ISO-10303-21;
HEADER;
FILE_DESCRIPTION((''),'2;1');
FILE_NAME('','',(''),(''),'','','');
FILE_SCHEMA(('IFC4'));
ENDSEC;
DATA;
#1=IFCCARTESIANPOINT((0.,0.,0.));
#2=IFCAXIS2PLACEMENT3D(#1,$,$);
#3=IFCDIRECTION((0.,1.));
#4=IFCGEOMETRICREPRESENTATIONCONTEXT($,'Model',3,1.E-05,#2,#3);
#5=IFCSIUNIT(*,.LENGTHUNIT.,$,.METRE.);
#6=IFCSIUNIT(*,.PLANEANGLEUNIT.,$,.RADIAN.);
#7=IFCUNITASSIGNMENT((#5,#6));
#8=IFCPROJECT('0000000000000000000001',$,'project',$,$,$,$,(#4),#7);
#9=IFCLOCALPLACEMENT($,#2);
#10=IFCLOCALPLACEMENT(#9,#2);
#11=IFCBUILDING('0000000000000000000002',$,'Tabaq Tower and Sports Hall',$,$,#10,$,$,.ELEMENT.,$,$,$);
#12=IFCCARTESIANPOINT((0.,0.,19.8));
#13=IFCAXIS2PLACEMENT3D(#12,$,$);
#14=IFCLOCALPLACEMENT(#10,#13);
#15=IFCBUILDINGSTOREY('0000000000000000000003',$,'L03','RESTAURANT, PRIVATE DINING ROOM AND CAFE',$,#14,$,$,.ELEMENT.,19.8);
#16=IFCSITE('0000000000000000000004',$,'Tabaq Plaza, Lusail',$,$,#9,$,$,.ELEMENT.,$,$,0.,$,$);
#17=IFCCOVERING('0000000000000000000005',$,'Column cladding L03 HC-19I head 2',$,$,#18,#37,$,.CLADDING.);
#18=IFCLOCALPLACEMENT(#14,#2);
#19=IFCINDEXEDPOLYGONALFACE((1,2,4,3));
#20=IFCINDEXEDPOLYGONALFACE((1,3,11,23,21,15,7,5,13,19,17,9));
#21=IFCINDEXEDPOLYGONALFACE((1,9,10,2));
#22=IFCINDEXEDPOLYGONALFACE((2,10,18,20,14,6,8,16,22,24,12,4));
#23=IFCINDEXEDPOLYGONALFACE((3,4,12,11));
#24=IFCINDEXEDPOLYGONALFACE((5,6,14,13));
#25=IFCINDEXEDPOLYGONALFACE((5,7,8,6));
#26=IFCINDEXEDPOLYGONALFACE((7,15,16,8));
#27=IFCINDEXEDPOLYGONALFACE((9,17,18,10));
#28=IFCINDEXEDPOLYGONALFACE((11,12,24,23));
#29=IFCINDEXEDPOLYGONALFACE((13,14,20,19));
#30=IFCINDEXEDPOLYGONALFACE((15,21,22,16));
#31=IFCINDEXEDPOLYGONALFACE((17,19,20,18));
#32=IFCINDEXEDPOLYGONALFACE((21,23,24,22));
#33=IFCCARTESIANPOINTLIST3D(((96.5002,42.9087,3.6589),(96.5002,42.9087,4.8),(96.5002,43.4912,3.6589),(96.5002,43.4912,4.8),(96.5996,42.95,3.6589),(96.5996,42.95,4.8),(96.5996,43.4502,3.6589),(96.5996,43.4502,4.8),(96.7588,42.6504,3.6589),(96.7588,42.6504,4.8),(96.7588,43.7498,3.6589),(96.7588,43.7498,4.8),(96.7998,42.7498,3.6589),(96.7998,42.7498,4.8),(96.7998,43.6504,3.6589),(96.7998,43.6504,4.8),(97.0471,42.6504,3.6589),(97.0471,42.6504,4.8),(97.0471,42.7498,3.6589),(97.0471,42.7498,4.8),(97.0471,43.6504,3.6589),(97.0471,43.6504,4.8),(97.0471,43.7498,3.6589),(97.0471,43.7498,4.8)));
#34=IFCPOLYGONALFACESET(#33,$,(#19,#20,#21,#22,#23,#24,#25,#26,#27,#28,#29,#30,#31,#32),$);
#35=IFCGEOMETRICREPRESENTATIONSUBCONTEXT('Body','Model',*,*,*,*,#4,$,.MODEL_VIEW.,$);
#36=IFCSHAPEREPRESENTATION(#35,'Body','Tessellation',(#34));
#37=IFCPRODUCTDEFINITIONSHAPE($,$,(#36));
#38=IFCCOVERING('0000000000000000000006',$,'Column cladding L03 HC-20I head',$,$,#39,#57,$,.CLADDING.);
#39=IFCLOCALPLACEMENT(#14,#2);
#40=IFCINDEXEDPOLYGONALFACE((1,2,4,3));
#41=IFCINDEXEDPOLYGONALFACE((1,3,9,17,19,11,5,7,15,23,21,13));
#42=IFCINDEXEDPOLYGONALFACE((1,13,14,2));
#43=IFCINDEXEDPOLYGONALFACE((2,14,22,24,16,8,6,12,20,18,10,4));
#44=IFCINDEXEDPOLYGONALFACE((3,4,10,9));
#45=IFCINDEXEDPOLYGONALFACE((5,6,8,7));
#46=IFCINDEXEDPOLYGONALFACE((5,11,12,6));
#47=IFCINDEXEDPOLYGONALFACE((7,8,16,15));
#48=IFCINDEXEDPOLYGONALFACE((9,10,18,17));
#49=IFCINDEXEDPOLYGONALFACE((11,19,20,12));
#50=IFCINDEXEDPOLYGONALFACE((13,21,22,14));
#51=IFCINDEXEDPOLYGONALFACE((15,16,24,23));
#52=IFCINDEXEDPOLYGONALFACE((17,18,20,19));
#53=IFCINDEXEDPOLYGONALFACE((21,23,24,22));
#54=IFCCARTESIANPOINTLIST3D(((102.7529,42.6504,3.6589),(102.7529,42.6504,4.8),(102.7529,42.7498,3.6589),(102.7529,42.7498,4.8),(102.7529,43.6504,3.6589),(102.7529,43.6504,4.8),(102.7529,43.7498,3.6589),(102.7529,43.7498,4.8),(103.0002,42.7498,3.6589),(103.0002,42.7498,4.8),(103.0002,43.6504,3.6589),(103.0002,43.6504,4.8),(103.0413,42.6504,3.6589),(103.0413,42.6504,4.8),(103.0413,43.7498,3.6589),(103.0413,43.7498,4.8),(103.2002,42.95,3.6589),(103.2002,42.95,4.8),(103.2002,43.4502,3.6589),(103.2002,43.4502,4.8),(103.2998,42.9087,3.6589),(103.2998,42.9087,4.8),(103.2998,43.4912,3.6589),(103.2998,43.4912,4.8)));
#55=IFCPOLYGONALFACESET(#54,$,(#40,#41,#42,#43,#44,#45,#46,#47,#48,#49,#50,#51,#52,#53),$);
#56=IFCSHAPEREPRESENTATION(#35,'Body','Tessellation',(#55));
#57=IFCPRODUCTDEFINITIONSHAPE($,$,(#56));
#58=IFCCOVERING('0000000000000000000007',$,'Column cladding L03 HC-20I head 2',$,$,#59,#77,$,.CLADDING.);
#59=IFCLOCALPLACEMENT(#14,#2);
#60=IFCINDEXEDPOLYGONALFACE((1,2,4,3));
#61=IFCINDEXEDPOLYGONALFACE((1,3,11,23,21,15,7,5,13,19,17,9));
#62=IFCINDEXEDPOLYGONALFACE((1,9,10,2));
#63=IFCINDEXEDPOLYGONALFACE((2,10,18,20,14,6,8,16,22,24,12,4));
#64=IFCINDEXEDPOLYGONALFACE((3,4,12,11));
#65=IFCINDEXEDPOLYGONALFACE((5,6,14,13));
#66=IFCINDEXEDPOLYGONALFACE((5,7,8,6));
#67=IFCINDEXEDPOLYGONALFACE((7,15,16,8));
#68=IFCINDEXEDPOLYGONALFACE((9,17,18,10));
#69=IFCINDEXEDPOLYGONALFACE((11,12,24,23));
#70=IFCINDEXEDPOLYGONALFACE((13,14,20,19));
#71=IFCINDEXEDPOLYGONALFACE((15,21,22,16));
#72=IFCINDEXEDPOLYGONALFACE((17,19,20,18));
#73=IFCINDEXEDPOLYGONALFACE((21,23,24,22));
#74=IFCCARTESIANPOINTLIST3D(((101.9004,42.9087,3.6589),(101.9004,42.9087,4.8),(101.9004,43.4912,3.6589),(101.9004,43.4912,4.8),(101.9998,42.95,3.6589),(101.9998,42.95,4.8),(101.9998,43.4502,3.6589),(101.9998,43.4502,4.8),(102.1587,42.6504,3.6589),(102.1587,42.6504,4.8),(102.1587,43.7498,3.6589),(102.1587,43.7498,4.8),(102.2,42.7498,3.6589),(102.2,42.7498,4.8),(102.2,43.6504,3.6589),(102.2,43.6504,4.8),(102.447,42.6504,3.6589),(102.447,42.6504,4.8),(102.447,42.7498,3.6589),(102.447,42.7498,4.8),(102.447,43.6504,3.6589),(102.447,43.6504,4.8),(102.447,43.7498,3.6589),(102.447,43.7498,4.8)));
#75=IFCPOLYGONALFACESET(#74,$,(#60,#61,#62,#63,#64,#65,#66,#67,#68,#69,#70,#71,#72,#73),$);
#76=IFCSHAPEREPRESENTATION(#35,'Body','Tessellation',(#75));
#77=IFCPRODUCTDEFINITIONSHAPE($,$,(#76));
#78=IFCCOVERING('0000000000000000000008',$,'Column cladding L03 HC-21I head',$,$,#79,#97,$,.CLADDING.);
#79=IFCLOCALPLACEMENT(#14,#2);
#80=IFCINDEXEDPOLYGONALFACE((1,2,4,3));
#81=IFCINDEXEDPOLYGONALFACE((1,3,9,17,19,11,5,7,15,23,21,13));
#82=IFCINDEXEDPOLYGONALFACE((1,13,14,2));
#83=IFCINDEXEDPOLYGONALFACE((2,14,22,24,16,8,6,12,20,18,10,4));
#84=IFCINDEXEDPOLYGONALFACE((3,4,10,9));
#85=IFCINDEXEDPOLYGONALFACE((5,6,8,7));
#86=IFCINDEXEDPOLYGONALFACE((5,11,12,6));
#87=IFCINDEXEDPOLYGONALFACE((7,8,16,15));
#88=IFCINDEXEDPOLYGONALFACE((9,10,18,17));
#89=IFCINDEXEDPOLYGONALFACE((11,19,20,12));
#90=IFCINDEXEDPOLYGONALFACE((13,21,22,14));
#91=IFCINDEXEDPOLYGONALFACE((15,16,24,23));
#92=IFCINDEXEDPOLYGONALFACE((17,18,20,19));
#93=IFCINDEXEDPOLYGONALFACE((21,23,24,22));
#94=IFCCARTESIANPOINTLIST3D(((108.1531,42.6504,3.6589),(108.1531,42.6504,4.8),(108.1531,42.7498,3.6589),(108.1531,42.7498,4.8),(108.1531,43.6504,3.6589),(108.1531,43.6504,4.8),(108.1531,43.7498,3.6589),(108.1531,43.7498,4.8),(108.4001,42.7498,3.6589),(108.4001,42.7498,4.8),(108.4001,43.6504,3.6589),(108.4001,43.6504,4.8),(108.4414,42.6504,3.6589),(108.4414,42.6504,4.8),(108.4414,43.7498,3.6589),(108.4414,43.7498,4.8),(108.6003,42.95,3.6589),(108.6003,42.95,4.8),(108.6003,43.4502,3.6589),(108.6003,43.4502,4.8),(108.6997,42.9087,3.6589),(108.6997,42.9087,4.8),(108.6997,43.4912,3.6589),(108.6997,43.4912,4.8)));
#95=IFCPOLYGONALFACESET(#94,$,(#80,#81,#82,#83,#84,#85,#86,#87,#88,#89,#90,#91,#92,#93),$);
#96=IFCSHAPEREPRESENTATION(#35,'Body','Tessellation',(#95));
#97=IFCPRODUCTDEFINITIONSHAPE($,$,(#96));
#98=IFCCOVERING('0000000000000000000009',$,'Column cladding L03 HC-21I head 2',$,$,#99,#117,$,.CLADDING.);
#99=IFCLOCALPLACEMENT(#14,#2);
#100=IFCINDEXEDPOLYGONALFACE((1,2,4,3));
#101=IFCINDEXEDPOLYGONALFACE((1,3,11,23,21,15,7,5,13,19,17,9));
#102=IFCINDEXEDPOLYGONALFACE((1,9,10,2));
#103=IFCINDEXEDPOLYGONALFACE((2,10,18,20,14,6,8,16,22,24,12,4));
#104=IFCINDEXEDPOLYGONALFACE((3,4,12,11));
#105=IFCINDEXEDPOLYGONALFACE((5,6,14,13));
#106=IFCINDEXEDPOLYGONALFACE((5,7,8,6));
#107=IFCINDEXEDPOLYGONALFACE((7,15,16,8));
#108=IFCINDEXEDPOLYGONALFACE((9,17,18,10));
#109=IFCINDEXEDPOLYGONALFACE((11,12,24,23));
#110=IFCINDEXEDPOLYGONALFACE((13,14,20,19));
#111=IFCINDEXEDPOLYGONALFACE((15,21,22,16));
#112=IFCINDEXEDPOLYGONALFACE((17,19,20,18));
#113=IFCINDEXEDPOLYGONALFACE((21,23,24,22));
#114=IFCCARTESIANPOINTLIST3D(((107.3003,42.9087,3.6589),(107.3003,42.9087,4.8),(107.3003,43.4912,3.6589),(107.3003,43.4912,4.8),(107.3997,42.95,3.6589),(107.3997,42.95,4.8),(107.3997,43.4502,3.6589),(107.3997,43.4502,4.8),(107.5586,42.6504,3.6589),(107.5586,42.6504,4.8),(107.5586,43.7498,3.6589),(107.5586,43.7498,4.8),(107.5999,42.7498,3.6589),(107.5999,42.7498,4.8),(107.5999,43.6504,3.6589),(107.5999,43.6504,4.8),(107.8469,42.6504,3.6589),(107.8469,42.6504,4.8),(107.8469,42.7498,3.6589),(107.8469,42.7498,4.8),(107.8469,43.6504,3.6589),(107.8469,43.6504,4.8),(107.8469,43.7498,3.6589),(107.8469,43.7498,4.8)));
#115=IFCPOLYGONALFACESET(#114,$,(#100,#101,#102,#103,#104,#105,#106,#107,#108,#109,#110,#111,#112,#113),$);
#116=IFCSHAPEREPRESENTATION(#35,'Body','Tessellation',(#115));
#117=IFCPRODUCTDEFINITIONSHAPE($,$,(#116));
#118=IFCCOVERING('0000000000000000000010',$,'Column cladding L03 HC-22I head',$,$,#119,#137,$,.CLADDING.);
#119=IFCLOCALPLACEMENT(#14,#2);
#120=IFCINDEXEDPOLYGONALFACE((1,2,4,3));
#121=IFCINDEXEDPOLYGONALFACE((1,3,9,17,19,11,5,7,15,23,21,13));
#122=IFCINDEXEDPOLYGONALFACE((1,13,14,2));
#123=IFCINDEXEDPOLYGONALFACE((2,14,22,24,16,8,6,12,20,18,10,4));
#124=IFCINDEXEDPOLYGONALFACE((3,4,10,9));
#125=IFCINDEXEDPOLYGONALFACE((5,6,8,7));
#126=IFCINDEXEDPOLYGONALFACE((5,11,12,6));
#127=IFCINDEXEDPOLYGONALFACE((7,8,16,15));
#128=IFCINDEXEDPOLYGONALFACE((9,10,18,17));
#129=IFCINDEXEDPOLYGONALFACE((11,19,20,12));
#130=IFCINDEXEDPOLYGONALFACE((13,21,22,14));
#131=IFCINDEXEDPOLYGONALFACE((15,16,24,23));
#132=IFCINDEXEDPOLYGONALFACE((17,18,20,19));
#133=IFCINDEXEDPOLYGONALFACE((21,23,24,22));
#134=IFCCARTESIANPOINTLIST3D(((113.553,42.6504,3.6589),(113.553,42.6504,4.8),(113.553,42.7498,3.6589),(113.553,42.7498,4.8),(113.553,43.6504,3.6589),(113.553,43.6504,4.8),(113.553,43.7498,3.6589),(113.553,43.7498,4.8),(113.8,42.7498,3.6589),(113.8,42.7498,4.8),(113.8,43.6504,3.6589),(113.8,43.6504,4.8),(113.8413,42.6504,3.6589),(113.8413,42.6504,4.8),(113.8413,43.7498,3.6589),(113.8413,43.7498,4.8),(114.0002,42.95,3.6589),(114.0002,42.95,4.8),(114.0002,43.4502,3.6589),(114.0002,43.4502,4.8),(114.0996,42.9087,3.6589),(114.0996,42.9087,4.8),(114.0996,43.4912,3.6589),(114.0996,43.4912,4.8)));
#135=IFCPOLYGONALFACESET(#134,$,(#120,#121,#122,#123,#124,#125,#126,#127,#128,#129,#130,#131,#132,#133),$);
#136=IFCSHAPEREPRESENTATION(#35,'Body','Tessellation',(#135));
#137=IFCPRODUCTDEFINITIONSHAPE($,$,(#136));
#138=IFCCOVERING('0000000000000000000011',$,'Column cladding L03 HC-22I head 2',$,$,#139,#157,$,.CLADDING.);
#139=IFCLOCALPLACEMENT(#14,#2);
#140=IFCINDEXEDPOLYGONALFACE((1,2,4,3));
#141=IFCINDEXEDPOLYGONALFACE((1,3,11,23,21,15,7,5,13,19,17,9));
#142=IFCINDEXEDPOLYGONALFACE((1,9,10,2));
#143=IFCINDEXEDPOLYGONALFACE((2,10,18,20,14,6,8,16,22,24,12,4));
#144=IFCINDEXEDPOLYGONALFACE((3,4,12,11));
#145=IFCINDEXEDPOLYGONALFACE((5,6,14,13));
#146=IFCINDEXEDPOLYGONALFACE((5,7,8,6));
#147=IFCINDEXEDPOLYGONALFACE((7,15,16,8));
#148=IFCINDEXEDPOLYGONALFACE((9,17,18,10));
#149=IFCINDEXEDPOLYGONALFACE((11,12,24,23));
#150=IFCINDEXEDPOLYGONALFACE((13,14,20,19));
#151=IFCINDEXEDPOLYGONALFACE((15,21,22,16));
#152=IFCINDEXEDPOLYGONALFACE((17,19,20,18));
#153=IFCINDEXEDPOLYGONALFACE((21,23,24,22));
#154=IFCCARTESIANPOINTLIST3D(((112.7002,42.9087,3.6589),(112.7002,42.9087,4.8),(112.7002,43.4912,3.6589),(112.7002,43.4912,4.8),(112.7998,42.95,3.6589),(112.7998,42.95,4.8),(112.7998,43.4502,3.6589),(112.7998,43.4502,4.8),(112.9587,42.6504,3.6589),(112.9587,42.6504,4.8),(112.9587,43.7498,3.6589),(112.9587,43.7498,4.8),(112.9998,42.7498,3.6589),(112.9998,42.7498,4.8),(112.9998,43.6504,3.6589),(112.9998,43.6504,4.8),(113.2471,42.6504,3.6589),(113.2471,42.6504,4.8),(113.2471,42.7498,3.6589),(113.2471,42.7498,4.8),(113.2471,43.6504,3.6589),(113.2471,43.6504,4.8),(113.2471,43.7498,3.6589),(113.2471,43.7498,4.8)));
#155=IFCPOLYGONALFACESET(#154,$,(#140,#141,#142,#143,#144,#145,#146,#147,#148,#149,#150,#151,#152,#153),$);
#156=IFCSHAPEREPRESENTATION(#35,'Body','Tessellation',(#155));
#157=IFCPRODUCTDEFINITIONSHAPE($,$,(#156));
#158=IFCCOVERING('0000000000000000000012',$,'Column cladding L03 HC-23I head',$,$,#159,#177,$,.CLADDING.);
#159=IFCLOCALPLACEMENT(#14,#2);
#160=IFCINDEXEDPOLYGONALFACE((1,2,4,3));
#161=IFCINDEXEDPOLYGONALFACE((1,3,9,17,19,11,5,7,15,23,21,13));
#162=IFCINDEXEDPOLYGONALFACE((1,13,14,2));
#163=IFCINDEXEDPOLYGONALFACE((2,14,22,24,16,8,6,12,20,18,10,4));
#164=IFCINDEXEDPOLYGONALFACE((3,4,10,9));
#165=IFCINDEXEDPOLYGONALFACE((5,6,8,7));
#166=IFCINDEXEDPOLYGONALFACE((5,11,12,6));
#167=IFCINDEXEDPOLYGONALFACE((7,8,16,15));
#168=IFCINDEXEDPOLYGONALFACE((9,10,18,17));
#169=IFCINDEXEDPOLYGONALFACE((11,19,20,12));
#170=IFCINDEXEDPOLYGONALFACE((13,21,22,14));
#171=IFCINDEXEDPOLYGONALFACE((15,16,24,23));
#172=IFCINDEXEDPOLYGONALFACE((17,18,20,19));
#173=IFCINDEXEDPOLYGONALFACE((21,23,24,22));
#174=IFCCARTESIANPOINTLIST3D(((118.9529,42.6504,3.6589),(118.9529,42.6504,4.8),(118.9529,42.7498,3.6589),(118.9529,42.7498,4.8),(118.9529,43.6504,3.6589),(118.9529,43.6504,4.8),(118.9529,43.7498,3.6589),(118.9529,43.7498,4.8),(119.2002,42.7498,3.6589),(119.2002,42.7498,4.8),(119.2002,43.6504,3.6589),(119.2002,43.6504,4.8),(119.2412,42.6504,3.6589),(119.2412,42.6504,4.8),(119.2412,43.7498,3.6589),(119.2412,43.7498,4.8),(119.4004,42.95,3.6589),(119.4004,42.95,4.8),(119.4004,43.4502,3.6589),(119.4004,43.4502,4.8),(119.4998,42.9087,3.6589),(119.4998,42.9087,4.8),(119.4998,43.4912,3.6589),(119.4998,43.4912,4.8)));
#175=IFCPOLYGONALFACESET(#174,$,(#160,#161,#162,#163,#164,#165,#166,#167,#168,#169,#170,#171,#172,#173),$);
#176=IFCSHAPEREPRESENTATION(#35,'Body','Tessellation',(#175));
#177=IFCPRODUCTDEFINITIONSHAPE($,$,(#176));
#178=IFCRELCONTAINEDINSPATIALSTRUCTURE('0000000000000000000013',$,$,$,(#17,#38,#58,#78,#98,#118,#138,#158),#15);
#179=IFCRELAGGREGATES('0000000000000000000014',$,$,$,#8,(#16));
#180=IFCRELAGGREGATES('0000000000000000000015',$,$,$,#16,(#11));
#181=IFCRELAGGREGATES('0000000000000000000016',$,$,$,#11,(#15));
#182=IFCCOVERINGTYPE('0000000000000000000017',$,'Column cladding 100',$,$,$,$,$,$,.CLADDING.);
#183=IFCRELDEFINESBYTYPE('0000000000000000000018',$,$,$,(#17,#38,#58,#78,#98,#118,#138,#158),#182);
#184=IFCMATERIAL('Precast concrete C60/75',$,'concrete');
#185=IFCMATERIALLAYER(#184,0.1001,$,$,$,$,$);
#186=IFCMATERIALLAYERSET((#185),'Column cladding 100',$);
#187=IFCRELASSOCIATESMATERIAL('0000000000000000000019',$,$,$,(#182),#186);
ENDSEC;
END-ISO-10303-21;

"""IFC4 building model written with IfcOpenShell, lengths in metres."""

from ifc_helpers import new_model, si_unit, direction, frame, origin, place, context, subcontext, project, spatial, polyline, outline, extrude, material, layer, layer_set, type_object, element, save


model = new_model("IFC4")

# Units and contexts
model_context = context("Model", 3, precision=1e-05, world=origin(), true_north=direction((0.0, 1.0)))
body_context = subcontext(model_context, "Body", "Model", "MODEL_VIEW")
ifc_project = project(units=[si_unit("LENGTHUNIT", "METRE"), si_unit("PLANEANGLEUNIT", "RADIAN")], contexts=[model_context])

# Site, building, storey
site_placement = place(None, origin())
site = spatial("IfcSite", under=ifc_project, at=site_placement, Name="Tabaq Plaza, Lusail", CompositionType="ELEMENT", RefElevation=0.0)
building_placement = place(site_placement, origin())
building = spatial("IfcBuilding", under=site, at=building_placement, Name="Tabaq Tower and Sports Hall", CompositionType="ELEMENT")
storey_placement = place(building_placement, frame((0.0, 0.0, 19.8)))
storey = spatial("IfcBuildingStorey", under=building, at=storey_placement, Name="L03", Description="RESTAURANT, PRIVATE DINING ROOM AND CAFE", CompositionType="ELEMENT", Elevation=19.8)

# Coverings
ifc_material = material(Name="Precast concrete C60/75", Category="concrete")
ifc_layer = layer(ifc_material, 0.1001)
ifc_layer_set = layer_set([ifc_layer], Name="Column cladding 100")
covering_type = type_object("IfcCoveringType", Name="Column cladding 100", PredefinedType="CLADDING", material=ifc_layer_set)
covering_1_placement = place(storey_placement, frame((0.0, 0.0, 3.6589)))
element("IfcCovering", 1, at=covering_1_placement, inside=storey, type_object=covering_type, Name="Column cladding L03 HC-19I head 2", PredefinedType="CLADDING", context=body_context, shape_type="SweptSolid", body=[
    extrude(outline(polyline([(96.5002, 43.4912), (96.7588, 43.7498), (97.0471, 43.7498), (97.0471, 43.6504), (96.7998, 43.6504), (96.5996, 43.4502), (96.5996, 42.95), (96.7998, 42.7498), (97.0471, 42.7498), (97.0471, 42.6504), (96.7588, 42.6504), (96.5002, 42.9087), (96.5002, 43.4912)])), origin(), (0.0, 0.0, 1.0), 1.1411),
])
covering_2_placement = place(storey_placement, frame((0.0, 0.0, 3.6589)))
element("IfcCovering", 2, at=covering_2_placement, inside=storey, type_object=covering_type, Name="Column cladding L03 HC-20I head", PredefinedType="CLADDING", context=body_context, shape_type="SweptSolid", body=[
    extrude(outline(polyline([(103.0413, 43.7498), (103.2998, 43.4912), (103.2998, 42.9087), (103.0413, 42.6504), (102.7529, 42.6504), (102.7529, 42.7498), (103.0002, 42.7498), (103.2002, 42.95), (103.2002, 43.4502), (103.0002, 43.6504), (102.7529, 43.6504), (102.7529, 43.7498), (103.0413, 43.7498)])), origin(), (0.0, 0.0, 1.0), 1.1411),
])
covering_3_placement = place(storey_placement, frame((0.0, 0.0, 3.6589)))
element("IfcCovering", 3, at=covering_3_placement, inside=storey, type_object=covering_type, Name="Column cladding L03 HC-20I head 2", PredefinedType="CLADDING", context=body_context, shape_type="SweptSolid", body=[
    extrude(outline(polyline([(101.9004, 43.4912), (102.1587, 43.7498), (102.447, 43.7498), (102.447, 43.6504), (102.2, 43.6504), (101.9998, 43.4502), (101.9998, 42.95), (102.2, 42.7498), (102.447, 42.7498), (102.447, 42.6504), (102.1587, 42.6504), (101.9004, 42.9087), (101.9004, 43.4912)])), origin(), (0.0, 0.0, 1.0), 1.1411),
])
covering_4_placement = place(storey_placement, frame((0.0, 0.0, 3.6589)))
element("IfcCovering", 4, at=covering_4_placement, inside=storey, type_object=covering_type, Name="Column cladding L03 HC-21I head", PredefinedType="CLADDING", context=body_context, shape_type="SweptSolid", body=[
    extrude(outline(polyline([(108.4414, 43.7498), (108.6997, 43.4912), (108.6997, 42.9087), (108.4414, 42.6504), (108.1531, 42.6504), (108.1531, 42.7498), (108.4001, 42.7498), (108.6003, 42.95), (108.6003, 43.4502), (108.4001, 43.6504), (108.1531, 43.6504), (108.1531, 43.7498), (108.4414, 43.7498)])), origin(), (0.0, 0.0, 1.0), 1.1411),
])
covering_5_placement = place(storey_placement, frame((0.0, 0.0, 3.6589)))
element("IfcCovering", 5, at=covering_5_placement, inside=storey, type_object=covering_type, Name="Column cladding L03 HC-21I head 2", PredefinedType="CLADDING", context=body_context, shape_type="SweptSolid", body=[
    extrude(outline(polyline([(107.3003, 43.4912), (107.5586, 43.7498), (107.8469, 43.7498), (107.8469, 43.6504), (107.5999, 43.6504), (107.3997, 43.4502), (107.3997, 42.95), (107.5999, 42.7498), (107.8469, 42.7498), (107.8469, 42.6504), (107.5586, 42.6504), (107.3003, 42.9087), (107.3003, 43.4912)])), origin(), (0.0, 0.0, 1.0), 1.1411),
])
covering_6_placement = place(storey_placement, frame((0.0, 0.0, 3.6589)))
element("IfcCovering", 6, at=covering_6_placement, inside=storey, type_object=covering_type, Name="Column cladding L03 HC-22I head", PredefinedType="CLADDING", context=body_context, shape_type="SweptSolid", body=[
    extrude(outline(polyline([(113.8413, 43.7498), (114.0996, 43.4912), (114.0996, 42.9087), (113.8413, 42.6504), (113.553, 42.6504), (113.553, 42.7498), (113.8, 42.7498), (114.0002, 42.95), (114.0002, 43.4502), (113.8, 43.6504), (113.553, 43.6504), (113.553, 43.7498), (113.8413, 43.7498)])), origin(), (0.0, 0.0, 1.0), 1.1411),
])
covering_7_placement = place(storey_placement, frame((0.0, 0.0, 3.6589)))
element("IfcCovering", 7, at=covering_7_placement, inside=storey, type_object=covering_type, Name="Column cladding L03 HC-22I head 2", PredefinedType="CLADDING", context=body_context, shape_type="SweptSolid", body=[
    extrude(outline(polyline([(112.7002, 43.4912), (112.9587, 43.7498), (113.2471, 43.7498), (113.2471, 43.6504), (112.9998, 43.6504), (112.7998, 43.4502), (112.7998, 42.95), (112.9998, 42.7498), (113.2471, 42.7498), (113.2471, 42.6504), (112.9587, 42.6504), (112.7002, 42.9087), (112.7002, 43.4912)])), origin(), (0.0, 0.0, 1.0), 1.1411),
])
covering_8_placement = place(storey_placement, frame((0.0, 0.0, 3.6589)))
element("IfcCovering", 8, at=covering_8_placement, inside=storey, type_object=covering_type, Name="Column cladding L03 HC-23I head", PredefinedType="CLADDING", context=body_context, shape_type="SweptSolid", body=[
    extrude(outline(polyline([(119.2412, 43.7498), (119.4998, 43.4912), (119.4998, 42.9087), (119.2412, 42.6504), (118.9529, 42.6504), (118.9529, 42.7498), (119.2002, 42.7498), (119.4004, 42.95), (119.4004, 43.4502), (119.2002, 43.6504), (118.9529, 43.6504), (118.9529, 43.7498), (119.2412, 43.7498)])), origin(), (0.0, 0.0, 1.0), 1.1411),
])

save(model, "model.ifc")
